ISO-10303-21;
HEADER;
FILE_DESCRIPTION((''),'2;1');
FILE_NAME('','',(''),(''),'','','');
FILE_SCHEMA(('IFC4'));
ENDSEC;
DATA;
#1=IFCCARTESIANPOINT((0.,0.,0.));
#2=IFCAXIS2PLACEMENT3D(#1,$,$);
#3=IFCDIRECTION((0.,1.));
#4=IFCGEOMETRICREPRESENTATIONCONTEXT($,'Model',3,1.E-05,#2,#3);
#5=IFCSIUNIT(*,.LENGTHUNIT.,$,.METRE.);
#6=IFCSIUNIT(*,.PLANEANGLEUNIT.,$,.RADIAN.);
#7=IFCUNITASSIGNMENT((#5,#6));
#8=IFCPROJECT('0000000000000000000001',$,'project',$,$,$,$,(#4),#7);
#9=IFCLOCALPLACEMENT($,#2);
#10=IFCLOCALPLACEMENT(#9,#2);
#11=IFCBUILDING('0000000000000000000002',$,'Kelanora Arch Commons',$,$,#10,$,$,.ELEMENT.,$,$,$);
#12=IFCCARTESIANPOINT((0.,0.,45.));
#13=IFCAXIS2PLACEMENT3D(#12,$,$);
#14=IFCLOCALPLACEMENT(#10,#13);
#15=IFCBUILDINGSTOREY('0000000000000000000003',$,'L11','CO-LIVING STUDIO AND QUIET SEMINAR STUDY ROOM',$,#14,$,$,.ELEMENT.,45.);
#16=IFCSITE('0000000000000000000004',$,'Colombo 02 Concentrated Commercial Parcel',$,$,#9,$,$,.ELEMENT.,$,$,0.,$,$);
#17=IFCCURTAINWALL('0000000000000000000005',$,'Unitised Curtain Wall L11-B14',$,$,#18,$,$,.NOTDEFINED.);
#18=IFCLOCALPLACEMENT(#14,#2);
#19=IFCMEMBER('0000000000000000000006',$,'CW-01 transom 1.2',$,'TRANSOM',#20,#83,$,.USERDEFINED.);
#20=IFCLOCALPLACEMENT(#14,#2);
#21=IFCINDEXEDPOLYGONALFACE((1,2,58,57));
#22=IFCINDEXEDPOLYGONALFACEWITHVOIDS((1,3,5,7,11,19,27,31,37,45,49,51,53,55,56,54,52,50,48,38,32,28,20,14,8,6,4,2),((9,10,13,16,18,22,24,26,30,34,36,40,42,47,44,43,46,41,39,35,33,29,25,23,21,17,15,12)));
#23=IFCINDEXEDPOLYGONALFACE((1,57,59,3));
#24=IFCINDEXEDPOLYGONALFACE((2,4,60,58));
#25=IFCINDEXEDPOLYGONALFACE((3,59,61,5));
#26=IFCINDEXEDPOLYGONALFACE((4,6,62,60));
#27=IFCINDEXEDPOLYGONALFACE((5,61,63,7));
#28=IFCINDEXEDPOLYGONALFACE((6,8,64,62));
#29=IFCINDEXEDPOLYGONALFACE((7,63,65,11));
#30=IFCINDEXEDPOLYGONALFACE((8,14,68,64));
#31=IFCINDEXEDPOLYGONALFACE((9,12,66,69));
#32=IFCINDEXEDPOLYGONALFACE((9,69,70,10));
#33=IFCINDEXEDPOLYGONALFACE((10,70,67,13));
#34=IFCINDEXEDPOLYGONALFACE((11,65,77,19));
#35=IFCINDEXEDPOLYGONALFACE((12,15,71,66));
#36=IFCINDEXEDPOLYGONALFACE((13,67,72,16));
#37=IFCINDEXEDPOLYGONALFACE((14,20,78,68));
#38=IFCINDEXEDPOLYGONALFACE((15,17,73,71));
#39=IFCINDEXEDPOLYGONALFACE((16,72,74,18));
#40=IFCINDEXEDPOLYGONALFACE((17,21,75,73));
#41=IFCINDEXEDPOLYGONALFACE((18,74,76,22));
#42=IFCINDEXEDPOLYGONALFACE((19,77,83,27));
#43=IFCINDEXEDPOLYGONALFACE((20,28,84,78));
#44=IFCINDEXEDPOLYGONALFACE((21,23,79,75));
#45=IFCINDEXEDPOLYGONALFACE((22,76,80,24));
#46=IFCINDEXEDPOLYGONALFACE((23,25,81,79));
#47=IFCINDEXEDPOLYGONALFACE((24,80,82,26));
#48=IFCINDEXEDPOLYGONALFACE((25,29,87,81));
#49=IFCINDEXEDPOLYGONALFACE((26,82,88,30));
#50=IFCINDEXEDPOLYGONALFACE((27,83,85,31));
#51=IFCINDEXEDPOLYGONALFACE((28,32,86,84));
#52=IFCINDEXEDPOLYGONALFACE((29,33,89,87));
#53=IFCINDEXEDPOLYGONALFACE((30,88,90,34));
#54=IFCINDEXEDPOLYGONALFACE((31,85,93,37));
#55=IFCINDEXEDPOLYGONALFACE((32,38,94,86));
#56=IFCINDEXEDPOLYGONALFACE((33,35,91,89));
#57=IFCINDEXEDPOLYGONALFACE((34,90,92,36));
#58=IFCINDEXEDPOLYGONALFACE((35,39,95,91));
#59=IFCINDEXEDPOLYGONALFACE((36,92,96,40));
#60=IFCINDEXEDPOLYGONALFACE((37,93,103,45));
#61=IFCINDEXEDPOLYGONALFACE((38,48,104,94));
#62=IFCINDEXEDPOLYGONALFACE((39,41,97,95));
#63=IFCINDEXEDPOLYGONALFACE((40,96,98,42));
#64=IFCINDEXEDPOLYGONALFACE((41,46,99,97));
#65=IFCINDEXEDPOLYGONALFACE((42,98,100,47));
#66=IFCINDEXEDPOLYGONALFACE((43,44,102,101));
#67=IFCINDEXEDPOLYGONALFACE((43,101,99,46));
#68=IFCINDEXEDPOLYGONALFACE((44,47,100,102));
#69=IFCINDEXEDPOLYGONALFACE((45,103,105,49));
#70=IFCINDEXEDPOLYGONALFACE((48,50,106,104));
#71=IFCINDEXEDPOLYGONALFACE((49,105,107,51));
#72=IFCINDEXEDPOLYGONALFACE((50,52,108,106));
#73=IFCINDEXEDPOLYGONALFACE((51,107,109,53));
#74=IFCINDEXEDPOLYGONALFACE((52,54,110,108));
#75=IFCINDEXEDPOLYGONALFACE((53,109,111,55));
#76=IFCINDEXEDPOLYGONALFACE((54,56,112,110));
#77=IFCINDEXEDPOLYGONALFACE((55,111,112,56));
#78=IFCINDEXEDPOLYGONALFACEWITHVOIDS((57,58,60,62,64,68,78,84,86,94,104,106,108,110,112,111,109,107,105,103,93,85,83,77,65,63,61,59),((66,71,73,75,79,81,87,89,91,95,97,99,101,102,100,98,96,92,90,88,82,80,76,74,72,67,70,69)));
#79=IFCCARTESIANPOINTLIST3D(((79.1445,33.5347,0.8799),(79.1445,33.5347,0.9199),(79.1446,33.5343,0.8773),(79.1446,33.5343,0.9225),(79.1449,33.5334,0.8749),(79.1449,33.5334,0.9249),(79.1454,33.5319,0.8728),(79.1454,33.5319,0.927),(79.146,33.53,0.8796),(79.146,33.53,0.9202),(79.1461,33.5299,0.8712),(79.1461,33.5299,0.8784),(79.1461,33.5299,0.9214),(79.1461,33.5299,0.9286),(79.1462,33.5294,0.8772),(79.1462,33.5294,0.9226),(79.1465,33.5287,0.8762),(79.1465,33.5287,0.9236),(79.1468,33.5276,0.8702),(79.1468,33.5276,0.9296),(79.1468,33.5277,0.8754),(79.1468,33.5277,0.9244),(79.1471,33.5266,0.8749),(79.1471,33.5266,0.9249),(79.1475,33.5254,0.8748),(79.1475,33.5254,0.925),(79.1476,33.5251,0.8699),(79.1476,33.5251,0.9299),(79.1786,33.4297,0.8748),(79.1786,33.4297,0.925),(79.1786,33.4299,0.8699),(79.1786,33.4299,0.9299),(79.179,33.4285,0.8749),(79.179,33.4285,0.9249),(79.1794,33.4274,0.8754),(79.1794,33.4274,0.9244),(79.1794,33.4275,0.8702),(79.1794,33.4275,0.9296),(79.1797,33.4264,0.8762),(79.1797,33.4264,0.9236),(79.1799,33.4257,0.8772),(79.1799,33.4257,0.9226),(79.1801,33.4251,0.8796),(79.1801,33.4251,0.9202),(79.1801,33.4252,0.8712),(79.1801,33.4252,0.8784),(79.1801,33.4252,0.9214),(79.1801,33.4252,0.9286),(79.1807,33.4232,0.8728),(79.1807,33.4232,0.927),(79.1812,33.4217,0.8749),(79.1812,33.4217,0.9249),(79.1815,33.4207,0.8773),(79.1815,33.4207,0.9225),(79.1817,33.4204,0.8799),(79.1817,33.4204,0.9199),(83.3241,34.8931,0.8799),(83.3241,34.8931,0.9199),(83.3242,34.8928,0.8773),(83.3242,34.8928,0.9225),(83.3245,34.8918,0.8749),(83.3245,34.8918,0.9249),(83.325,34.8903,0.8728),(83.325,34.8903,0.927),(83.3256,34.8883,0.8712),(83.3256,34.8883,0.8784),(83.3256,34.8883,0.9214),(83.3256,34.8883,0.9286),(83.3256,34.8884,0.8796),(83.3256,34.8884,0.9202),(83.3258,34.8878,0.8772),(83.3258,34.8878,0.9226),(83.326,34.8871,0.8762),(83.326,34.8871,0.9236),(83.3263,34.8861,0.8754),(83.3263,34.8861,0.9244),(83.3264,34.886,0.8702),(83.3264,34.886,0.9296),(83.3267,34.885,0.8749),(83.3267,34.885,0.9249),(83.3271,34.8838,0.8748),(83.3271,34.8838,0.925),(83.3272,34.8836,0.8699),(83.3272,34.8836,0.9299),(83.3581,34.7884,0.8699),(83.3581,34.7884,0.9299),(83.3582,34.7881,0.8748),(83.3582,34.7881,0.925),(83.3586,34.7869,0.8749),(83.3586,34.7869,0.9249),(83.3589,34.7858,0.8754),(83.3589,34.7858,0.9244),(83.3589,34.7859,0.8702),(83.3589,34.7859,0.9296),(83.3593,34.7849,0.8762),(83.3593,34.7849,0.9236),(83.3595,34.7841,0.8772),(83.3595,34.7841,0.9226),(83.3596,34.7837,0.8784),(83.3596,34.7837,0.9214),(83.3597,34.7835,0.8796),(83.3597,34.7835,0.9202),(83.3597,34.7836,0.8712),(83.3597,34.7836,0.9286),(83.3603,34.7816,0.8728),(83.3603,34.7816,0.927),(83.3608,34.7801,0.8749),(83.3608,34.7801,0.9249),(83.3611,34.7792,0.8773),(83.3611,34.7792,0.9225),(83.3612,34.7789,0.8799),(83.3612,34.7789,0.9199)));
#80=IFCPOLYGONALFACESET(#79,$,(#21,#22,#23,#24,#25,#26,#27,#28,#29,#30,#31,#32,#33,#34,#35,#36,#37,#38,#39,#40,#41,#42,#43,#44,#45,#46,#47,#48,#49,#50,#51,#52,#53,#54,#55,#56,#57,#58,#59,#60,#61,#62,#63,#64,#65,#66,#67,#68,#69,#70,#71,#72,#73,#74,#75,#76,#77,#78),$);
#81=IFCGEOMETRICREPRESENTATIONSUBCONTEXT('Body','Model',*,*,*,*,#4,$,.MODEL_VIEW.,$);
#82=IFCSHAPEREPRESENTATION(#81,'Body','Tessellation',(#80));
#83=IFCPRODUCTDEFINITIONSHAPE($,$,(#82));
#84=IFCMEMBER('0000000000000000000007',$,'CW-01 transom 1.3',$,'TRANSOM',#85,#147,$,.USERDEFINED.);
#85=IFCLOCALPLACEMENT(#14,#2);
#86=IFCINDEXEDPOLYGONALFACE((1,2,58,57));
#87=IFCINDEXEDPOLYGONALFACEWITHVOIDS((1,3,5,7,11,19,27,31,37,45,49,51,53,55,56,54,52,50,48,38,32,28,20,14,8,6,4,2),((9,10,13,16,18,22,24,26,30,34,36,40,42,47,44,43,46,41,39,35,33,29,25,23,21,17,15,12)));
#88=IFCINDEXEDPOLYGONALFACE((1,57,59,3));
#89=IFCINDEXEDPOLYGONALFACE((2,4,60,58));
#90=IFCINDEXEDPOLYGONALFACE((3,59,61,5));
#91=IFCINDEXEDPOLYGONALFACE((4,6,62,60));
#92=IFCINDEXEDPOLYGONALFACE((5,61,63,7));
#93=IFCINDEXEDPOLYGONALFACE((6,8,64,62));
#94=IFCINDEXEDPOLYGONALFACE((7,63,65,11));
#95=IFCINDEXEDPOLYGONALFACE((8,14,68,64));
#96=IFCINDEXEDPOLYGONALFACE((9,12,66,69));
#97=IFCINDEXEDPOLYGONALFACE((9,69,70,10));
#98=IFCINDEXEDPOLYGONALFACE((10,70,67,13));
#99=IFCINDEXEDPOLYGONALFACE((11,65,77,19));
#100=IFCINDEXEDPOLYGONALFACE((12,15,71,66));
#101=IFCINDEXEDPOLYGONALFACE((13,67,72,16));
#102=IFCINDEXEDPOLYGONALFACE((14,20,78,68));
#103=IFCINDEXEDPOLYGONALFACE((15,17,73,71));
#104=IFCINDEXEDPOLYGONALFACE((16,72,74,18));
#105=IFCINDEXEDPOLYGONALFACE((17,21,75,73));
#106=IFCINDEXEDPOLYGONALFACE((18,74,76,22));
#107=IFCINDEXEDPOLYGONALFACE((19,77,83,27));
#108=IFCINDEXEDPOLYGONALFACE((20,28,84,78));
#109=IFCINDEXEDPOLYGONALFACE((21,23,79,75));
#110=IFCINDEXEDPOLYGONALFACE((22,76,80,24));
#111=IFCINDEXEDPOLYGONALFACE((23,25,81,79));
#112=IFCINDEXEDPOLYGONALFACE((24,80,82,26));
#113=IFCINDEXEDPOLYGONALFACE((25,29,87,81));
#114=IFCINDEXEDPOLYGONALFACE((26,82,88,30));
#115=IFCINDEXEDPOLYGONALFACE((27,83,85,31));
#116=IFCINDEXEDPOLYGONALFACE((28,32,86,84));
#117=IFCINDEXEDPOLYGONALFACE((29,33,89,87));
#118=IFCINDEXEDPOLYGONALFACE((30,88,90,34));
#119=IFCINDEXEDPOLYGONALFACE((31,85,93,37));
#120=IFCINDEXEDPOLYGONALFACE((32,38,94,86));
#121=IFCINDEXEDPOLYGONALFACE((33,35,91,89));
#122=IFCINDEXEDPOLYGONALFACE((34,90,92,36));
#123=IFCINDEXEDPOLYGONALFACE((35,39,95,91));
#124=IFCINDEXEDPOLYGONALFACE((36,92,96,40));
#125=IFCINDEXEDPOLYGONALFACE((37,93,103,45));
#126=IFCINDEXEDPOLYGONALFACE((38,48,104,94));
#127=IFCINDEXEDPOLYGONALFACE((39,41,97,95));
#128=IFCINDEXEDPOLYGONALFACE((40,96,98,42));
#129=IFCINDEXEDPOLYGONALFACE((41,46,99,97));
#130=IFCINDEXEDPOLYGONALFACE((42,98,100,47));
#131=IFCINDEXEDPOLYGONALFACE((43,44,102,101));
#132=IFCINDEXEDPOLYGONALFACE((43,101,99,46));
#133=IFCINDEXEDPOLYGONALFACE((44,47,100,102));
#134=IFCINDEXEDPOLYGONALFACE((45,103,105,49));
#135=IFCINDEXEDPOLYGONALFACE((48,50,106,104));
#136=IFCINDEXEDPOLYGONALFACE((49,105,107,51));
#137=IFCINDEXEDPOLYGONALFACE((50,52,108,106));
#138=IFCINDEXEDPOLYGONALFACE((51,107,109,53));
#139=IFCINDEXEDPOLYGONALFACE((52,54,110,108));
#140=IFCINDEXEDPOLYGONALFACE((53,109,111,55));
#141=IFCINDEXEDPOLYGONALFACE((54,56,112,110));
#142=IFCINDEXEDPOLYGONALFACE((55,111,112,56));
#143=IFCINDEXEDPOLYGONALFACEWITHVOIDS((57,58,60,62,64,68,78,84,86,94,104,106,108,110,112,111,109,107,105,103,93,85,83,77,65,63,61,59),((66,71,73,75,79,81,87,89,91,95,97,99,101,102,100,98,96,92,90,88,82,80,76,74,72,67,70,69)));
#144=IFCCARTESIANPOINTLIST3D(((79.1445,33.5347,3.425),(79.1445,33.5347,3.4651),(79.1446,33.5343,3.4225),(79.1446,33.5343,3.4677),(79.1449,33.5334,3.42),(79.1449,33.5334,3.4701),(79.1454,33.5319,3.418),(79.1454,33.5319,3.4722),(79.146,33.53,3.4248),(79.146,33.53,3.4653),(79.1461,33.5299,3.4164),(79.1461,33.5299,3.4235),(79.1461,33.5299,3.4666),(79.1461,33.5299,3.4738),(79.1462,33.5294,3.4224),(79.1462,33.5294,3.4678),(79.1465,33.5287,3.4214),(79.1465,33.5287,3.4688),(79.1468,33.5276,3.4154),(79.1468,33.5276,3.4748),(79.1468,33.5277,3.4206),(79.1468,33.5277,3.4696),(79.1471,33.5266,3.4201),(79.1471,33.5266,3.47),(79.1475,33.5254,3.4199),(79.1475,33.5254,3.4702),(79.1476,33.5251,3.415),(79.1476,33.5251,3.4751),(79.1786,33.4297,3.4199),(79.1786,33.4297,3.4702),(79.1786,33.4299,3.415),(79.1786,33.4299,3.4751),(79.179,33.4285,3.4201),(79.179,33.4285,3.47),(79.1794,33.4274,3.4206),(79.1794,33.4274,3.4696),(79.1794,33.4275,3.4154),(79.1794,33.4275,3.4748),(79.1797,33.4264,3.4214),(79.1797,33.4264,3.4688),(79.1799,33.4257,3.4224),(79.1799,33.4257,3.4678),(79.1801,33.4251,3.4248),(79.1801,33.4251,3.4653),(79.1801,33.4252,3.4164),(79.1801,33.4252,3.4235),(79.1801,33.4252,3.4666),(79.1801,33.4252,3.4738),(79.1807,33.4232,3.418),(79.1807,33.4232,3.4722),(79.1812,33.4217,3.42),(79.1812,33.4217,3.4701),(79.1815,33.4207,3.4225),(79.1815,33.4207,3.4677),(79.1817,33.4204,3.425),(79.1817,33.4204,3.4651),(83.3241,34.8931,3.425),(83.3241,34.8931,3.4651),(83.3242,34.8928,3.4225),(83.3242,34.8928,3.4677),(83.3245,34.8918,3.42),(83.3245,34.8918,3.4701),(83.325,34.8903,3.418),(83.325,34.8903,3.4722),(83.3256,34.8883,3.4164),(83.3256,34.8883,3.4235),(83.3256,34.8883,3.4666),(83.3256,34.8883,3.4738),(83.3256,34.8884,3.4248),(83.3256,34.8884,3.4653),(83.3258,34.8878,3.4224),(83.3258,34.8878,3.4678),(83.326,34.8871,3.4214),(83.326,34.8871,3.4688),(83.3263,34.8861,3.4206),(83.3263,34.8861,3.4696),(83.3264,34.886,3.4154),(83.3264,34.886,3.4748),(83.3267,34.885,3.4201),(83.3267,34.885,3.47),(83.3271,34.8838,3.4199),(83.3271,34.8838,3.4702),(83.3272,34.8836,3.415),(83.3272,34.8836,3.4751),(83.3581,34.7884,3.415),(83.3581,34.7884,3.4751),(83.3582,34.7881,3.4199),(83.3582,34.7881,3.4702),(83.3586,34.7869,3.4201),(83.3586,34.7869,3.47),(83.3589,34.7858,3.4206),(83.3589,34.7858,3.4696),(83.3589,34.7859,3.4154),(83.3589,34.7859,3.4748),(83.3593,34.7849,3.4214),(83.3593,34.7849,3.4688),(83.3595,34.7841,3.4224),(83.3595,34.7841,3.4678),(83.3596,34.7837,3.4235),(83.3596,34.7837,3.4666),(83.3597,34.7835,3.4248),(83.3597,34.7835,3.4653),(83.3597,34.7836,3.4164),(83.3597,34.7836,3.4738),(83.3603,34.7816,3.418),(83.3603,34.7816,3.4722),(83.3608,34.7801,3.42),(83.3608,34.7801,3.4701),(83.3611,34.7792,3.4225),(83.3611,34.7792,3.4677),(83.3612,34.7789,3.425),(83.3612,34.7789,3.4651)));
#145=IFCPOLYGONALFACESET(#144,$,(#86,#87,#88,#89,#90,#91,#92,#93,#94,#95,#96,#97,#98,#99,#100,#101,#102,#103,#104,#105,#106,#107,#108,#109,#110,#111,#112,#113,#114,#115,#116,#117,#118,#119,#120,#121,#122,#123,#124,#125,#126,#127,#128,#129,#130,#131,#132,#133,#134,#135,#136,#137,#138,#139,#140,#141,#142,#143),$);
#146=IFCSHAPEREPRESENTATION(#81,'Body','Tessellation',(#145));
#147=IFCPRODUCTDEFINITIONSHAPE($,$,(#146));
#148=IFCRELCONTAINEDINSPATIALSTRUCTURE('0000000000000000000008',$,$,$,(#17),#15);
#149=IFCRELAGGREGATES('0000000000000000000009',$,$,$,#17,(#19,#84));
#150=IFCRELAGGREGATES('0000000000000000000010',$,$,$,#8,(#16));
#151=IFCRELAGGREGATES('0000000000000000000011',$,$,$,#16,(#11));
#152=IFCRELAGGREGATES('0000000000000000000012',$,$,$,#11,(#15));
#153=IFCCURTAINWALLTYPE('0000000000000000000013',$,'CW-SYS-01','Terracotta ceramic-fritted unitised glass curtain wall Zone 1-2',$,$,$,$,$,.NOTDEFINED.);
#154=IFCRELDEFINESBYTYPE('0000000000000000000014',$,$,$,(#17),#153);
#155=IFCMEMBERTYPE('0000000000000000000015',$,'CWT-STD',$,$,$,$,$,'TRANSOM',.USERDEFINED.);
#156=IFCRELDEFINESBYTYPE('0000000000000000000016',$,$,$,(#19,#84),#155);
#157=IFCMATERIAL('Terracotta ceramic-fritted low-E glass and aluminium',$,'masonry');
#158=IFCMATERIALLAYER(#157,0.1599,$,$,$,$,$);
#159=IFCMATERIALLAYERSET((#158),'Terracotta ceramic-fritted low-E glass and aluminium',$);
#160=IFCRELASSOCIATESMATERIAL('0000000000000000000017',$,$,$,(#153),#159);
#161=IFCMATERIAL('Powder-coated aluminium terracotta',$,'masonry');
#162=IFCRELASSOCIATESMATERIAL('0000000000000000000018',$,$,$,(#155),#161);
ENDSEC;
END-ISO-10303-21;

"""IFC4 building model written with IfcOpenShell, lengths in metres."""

from ifc_helpers import new_model, si_unit, direction, frame, origin, origin_2d, place, context, subcontext, project, spatial, hollow_rectangle, extrude, material, layer, layer_set, material_profile, profile_set, type_object, element, aggregate, save


model = new_model("IFC4")

# Units and contexts
model_context = context("Model", 3, precision=1e-05, world=origin(), true_north=direction((0.0, 1.0)))
body_context = subcontext(model_context, "Body", "Model", "MODEL_VIEW")
ifc_project = project(units=[si_unit("LENGTHUNIT", "METRE"), si_unit("PLANEANGLEUNIT", "RADIAN")], contexts=[model_context])

# Site, building, storey
site_placement = place(None, origin())
site = spatial("IfcSite", under=ifc_project, at=site_placement, Name="Colombo 02 Concentrated Commercial Parcel", CompositionType="ELEMENT", RefElevation=0.0)
building_placement = place(site_placement, origin())
building = spatial("IfcBuilding", under=site, at=building_placement, Name="Kelanora Arch Commons", CompositionType="ELEMENT")
storey_placement = place(building_placement, frame((0.0, 0.0, 45.0)))
storey = spatial("IfcBuildingStorey", under=building, at=storey_placement, Name="L11", Description="CO-LIVING STUDIO AND QUIET SEMINAR STUDY ROOM", CompositionType="ELEMENT", Elevation=45.0)

# Curtain wall, members
ifc_material_1 = material(Name="Terracotta ceramic-fritted low-E glass and aluminium", Category="masonry")
ifc_layer_1 = layer(ifc_material_1, 0.1599)
ifc_layer_set_1 = layer_set([ifc_layer_1], Name="Terracotta ceramic-fritted low-E glass and aluminium")
curtain_wall_type = type_object("IfcCurtainWallType", Name="CW-SYS-01", Description="Terracotta ceramic-fritted unitised glass curtain wall Zone 1-2", PredefinedType="NOTDEFINED", material=ifc_layer_set_1)
curtain_wall_placement = place(storey_placement, origin())
curtain_wall = element("IfcCurtainWall", 1, at=curtain_wall_placement, inside=storey, type_object=curtain_wall_type, Name="Unitised Curtain Wall L11-B14", PredefinedType="NOTDEFINED")
ifc_material_2 = material(Name="Powder-coated aluminium terracotta", Category="masonry")
ifc_material_profile_1 = material_profile(ifc_material_2, hollow_rectangle(XDim=0.1201, YDim=0.0601, WallThickness=0.0049, InnerFilletRadius=0.0049, OuterFilletRadius=0.01, at=origin_2d()), Name="CWT120x60")
ifc_profile_set_1 = profile_set([ifc_material_profile_1], Name="Powder-coated aluminium terracotta")
member_type_1 = type_object("IfcMemberType", Name="CWT-STD", ElementType="TRANSOM", PredefinedType="USERDEFINED", material=ifc_profile_set_1)
member_1_placement = place(storey_placement, frame((79.1631, 33.4775, 0.8999), z_axis=(0.951029, 0.309102, 0.0), x_axis=(-0.309102, 0.951029, 0.0)))
member_1 = element("IfcMember", 2, at=member_1_placement, type_object=member_type_1, Name="CW-01 transom 1.2", ObjectType="TRANSOM", PredefinedType="USERDEFINED", context=body_context, shape_type="SweptSolid", body=[
    extrude(hollow_rectangle(XDim=0.1201, YDim=0.0601, WallThickness=0.0049, InnerFilletRadius=0.0049, OuterFilletRadius=0.01, at=origin_2d()), origin(), (0.0, 0.0, 1.0), 4.3948),
])
member_2_placement = place(storey_placement, frame((79.1631, 33.4775, 3.4451), z_axis=(0.951029, 0.309102, 0.0), x_axis=(-0.309102, 0.951029, 0.0)))
member_2 = element("IfcMember", 3, at=member_2_placement, type_object=member_type_1, Name="CW-01 transom 1.3", ObjectType="TRANSOM", PredefinedType="USERDEFINED", context=body_context, shape_type="SweptSolid", body=[
    extrude(hollow_rectangle(XDim=0.1201, YDim=0.0601, WallThickness=0.0049, InnerFilletRadius=0.0049, OuterFilletRadius=0.01, at=origin_2d()), origin(), (0.0, 0.0, 1.0), 4.3948),
])
aggregate(curtain_wall, [member_1, member_2])

save(model, "model.ifc")
